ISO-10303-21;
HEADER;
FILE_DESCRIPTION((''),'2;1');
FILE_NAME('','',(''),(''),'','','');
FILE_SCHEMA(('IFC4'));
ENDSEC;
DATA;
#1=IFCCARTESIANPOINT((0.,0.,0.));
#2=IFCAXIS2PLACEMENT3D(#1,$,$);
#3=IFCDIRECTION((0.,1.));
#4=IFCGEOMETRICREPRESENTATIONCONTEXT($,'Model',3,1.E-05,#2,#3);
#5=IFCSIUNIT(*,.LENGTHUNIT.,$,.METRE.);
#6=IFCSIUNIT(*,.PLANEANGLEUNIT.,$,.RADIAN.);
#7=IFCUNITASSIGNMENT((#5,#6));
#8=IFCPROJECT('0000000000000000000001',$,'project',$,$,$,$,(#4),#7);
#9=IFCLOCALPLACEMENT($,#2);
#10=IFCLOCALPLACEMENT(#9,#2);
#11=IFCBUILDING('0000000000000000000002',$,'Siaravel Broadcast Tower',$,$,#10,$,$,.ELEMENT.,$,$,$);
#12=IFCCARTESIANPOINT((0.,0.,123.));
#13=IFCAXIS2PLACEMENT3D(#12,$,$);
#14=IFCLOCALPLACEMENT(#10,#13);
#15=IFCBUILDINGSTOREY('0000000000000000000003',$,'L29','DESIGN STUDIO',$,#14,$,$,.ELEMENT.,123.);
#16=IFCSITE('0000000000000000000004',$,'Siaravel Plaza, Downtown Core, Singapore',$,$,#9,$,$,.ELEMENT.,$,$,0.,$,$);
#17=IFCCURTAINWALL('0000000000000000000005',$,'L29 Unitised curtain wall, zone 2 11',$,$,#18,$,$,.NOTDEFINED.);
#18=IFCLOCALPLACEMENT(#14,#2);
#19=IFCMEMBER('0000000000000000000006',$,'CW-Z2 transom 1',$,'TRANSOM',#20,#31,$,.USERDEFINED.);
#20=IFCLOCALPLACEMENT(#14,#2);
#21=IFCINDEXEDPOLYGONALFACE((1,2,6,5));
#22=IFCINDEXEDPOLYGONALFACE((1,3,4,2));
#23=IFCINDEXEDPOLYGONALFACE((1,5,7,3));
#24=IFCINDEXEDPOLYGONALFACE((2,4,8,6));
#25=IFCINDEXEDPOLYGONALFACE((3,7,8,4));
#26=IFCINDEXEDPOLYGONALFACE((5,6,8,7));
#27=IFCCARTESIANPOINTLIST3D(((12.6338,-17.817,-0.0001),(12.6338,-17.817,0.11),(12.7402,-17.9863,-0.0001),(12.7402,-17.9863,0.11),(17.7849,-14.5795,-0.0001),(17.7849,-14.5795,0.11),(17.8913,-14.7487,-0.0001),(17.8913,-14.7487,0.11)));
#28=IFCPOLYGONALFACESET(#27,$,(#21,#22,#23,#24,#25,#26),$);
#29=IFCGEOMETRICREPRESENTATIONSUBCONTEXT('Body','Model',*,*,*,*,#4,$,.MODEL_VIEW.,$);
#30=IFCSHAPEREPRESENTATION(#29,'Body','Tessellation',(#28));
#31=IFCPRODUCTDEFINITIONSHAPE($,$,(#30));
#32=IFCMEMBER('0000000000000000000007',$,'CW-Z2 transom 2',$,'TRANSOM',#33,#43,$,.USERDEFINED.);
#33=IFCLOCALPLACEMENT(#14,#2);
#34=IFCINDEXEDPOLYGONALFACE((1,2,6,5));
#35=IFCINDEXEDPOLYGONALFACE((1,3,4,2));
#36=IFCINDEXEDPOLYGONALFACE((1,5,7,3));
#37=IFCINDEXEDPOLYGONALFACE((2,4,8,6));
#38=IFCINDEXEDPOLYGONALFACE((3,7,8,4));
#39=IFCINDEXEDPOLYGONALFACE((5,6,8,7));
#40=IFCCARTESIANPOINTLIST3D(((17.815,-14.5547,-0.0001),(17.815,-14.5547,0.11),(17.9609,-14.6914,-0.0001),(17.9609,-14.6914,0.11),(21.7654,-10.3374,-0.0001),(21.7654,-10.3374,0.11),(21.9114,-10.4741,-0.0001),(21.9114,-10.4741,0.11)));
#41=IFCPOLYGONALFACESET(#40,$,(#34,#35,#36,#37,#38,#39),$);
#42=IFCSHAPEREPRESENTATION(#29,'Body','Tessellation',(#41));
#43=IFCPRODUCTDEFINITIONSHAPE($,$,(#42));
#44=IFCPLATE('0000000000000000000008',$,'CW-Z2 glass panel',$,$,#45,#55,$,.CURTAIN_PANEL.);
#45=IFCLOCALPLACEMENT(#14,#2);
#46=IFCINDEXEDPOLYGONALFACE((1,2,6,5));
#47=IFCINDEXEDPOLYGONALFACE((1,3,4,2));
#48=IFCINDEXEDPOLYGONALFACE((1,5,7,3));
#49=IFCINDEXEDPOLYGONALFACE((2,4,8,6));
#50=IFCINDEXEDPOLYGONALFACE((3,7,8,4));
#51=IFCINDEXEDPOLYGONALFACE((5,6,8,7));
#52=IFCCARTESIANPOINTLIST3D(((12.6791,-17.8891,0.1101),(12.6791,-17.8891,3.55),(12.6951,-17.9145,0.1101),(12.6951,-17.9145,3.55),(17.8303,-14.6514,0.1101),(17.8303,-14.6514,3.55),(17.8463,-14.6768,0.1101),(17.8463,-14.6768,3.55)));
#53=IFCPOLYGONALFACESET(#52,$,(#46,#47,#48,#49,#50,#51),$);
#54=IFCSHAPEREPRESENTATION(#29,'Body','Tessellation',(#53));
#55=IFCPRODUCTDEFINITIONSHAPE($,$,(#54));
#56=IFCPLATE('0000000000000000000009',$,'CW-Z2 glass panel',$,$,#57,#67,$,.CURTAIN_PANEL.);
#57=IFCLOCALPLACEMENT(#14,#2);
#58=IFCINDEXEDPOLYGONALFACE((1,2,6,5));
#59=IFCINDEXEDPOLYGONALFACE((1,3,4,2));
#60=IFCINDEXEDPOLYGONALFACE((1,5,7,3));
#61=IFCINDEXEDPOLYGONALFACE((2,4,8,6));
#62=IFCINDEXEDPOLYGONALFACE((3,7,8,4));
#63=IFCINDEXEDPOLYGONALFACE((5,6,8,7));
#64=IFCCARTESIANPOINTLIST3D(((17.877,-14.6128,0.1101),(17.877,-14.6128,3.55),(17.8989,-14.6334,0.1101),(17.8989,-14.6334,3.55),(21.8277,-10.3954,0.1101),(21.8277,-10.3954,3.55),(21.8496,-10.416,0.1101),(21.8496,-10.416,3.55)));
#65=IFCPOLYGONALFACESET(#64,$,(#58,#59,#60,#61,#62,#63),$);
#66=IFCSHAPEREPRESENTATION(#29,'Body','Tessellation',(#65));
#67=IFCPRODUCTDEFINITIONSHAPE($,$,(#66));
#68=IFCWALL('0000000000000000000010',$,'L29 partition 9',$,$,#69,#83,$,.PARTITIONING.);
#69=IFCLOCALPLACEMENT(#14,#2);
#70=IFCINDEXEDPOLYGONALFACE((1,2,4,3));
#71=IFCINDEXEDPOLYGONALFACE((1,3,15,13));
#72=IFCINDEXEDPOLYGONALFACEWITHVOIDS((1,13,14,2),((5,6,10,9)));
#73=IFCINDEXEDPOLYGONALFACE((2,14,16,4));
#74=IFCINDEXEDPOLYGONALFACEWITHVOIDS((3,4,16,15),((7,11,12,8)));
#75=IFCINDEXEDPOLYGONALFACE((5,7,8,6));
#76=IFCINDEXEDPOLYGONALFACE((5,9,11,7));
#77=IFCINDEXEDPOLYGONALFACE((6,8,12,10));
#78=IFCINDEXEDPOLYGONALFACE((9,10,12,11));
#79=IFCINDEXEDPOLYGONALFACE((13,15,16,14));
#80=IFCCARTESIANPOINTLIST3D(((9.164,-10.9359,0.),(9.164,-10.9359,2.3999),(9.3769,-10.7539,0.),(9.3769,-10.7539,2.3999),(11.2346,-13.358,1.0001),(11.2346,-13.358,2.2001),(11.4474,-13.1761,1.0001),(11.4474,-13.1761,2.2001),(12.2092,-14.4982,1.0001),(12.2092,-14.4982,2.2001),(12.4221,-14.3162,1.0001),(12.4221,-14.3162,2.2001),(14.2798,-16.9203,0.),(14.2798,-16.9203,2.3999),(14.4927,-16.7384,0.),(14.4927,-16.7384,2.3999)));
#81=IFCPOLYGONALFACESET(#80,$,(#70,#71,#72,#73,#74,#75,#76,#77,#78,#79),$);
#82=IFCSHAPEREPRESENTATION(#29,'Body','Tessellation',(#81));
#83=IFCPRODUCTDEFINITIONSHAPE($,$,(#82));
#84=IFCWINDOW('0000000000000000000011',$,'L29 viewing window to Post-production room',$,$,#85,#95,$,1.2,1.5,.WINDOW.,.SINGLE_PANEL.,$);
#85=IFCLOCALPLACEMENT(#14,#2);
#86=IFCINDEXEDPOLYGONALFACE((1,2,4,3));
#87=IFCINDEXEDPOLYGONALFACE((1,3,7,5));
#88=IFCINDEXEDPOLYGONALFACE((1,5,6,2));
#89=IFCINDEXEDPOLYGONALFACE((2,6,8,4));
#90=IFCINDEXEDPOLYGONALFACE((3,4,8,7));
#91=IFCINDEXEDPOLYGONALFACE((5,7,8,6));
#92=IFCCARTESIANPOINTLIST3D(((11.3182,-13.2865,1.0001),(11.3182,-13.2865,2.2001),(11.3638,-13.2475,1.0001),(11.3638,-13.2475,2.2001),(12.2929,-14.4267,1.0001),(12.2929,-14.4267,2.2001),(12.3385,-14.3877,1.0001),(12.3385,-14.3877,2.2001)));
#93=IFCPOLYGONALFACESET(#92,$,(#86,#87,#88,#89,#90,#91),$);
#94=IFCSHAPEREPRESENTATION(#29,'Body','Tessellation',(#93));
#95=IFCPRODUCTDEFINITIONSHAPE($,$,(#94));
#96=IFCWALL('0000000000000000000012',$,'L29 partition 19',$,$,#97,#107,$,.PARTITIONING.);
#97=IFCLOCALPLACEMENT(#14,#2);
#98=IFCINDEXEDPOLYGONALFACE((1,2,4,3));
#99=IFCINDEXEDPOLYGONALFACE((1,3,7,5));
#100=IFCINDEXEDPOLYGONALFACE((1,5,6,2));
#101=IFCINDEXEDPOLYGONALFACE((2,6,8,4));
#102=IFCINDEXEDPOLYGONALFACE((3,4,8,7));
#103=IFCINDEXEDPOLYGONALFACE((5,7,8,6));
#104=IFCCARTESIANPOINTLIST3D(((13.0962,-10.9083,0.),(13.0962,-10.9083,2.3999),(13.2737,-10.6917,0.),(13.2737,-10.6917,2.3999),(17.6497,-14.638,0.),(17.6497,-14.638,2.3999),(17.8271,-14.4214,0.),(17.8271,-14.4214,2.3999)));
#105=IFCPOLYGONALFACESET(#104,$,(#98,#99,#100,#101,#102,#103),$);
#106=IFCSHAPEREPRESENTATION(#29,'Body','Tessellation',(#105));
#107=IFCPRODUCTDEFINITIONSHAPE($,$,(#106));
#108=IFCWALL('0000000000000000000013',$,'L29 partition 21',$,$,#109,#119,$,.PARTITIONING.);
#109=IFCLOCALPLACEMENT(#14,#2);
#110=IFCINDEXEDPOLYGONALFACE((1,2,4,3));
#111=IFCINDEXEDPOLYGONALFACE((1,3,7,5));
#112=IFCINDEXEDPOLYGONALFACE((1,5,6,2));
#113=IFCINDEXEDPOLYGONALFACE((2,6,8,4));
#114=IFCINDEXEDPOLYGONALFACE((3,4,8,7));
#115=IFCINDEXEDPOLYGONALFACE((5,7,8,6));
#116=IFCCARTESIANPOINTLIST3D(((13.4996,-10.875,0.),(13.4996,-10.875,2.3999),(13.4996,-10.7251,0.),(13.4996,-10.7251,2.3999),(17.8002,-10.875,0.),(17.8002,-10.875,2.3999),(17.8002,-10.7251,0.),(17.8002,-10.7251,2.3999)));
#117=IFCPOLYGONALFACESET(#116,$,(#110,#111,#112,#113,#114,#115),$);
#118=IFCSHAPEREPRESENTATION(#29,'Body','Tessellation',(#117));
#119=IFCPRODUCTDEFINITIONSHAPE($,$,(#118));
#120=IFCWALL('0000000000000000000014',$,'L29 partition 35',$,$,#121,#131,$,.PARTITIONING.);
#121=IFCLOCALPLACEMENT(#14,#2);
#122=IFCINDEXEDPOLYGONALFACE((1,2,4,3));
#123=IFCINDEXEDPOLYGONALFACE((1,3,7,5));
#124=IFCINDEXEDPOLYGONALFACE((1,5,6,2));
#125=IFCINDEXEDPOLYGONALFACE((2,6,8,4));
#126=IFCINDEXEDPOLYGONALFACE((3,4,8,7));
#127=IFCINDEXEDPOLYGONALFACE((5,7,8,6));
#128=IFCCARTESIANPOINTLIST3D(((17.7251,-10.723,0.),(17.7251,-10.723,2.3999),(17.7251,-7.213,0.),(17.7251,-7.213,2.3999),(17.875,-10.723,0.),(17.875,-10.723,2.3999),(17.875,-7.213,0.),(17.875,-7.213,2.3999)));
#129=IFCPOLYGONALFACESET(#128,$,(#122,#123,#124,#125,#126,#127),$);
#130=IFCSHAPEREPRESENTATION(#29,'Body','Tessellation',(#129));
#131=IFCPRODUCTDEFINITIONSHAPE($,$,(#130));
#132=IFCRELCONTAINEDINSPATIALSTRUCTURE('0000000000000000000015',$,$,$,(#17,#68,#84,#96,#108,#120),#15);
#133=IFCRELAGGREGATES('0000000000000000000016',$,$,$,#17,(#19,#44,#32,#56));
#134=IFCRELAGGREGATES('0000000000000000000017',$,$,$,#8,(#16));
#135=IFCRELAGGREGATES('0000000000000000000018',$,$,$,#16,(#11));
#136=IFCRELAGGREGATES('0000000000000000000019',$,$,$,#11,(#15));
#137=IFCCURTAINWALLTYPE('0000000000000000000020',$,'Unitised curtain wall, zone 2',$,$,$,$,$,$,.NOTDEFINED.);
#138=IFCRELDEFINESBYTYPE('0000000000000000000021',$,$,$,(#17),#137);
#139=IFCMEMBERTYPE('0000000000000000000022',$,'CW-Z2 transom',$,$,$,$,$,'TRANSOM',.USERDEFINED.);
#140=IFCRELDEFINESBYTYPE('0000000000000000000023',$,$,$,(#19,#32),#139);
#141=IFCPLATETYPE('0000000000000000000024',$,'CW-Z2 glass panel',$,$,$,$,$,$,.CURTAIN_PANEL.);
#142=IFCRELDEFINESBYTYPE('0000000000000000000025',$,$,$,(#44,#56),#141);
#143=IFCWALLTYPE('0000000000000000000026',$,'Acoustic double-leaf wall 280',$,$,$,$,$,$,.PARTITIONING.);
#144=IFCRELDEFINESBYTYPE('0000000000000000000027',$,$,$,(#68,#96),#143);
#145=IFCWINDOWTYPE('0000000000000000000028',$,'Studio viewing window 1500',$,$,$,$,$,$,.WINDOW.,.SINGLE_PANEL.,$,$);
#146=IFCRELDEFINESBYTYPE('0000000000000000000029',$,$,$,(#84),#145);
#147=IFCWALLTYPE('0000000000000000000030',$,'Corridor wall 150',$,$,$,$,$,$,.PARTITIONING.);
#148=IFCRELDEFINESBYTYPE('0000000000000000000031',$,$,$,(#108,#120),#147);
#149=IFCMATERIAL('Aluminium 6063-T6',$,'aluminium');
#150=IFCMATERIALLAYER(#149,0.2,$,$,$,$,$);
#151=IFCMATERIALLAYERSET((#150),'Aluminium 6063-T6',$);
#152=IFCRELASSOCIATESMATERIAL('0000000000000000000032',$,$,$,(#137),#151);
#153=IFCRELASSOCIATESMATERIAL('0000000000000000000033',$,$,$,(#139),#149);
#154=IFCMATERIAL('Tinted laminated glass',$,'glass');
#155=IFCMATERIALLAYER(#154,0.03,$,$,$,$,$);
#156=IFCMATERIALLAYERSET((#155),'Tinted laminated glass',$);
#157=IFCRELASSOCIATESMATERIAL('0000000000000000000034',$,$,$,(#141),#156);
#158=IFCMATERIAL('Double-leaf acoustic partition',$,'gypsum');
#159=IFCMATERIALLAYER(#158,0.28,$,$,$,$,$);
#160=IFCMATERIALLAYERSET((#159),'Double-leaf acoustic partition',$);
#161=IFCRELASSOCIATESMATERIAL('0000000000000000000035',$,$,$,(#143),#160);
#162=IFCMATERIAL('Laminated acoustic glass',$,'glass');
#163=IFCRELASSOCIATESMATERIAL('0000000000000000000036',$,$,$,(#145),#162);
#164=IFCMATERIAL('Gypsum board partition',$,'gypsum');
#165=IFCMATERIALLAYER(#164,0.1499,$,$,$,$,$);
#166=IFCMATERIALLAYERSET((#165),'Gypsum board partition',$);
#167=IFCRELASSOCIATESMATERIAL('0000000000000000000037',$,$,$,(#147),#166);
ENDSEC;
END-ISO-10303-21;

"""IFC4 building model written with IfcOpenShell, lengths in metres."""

from ifc_helpers import new_model, si_unit, direction, frame, frame_2d, origin, origin_2d, place, context, subcontext, project, spatial, rectangle, extrude, material, layer, layer_set, material_profile, profile_set, type_object, element, fill, aggregate, save


model = new_model("IFC4")

# Units and contexts
model_context = context("Model", 3, precision=1e-05, world=origin(), true_north=direction((0.0, 1.0)))
body_context = subcontext(model_context, "Body", "Model", "MODEL_VIEW")
ifc_project = project(units=[si_unit("LENGTHUNIT", "METRE"), si_unit("PLANEANGLEUNIT", "RADIAN")], contexts=[model_context])

# Site, building, storey
site_placement = place(None, origin())
site = spatial("IfcSite", under=ifc_project, at=site_placement, Name="Siaravel Plaza, Downtown Core, Singapore", CompositionType="ELEMENT", RefElevation=0.0)
building_placement = place(site_placement, origin())
building = spatial("IfcBuilding", under=site, at=building_placement, Name="Siaravel Broadcast Tower", CompositionType="ELEMENT")
storey_placement = place(building_placement, frame((0.0, 0.0, 123.0)))
storey = spatial("IfcBuildingStorey", under=building, at=storey_placement, Name="L29", Description="DESIGN STUDIO", CompositionType="ELEMENT", Elevation=123.0)

# Curtain wall
ifc_material_1 = material(Name="Aluminium 6063-T6", Category="aluminium")
ifc_layer_1 = layer(ifc_material_1, 0.2)
ifc_layer_set_1 = layer_set([ifc_layer_1], Name="Aluminium 6063-T6")
curtain_wall_type = type_object("IfcCurtainWallType", Name="Unitised curtain wall, zone 2", PredefinedType="NOTDEFINED", material=ifc_layer_set_1)
curtain_wall_1_placement = place(storey_placement, origin())
curtain_wall_1 = element("IfcCurtainWall", 1, at=curtain_wall_1_placement, inside=storey, type_object=curtain_wall_type, Name="L29 Unitised curtain wall, zone 2 11", PredefinedType="NOTDEFINED")

# Members
ifc_material_profile_1 = material_profile(ifc_material_1, rectangle(XDim=0.2, YDim=0.1101, at=origin_2d()))
ifc_profile_set_1 = profile_set([ifc_material_profile_1], Name="Aluminium 6063-T6")
member_type_1 = type_object("IfcMemberType", Name="CW-Z2 transom", ElementType="TRANSOM", PredefinedType="USERDEFINED", material=ifc_profile_set_1)
member_1_placement = place(storey_placement, frame((12.687, -17.9016, 0.0549), z_axis=(0.846659, 0.532136, 0.0), x_axis=(-0.532136, 0.846659, 0.0)))
member_1 = element("IfcMember", 2, at=member_1_placement, type_object=member_type_1, Name="CW-Z2 transom 1", ObjectType="TRANSOM", PredefinedType="USERDEFINED", context=body_context, shape_type="SweptSolid", body=[
    extrude(rectangle(XDim=0.2, YDim=0.1101, at=origin_2d()), origin(), (0.0, 0.0, 1.0), 6.084),
])
member_2_placement = place(storey_placement, frame((17.8879, -14.623, 0.0549), z_axis=(0.68364, 0.729819, 0.0), x_axis=(-0.729819, 0.68364, 0.0)))
member_2 = element("IfcMember", 3, at=member_2_placement, type_object=member_type_1, Name="CW-Z2 transom 2", ObjectType="TRANSOM", PredefinedType="USERDEFINED", context=body_context, shape_type="SweptSolid", body=[
    extrude(rectangle(XDim=0.2, YDim=0.1101, at=origin_2d()), origin(), (0.0, 0.0, 1.0), 5.7786),
])

# Plates
ifc_material_2 = material(Name="Tinted laminated glass", Category="glass")
ifc_layer_2 = layer(ifc_material_2, 0.03)
ifc_layer_set_2 = layer_set([ifc_layer_2], Name="Tinted laminated glass")
plate_type = type_object("IfcPlateType", Name="CW-Z2 glass panel", PredefinedType="CURTAIN_PANEL", material=ifc_layer_set_2)
plate_1_placement = place(storey_placement, frame((15.2627, -16.283, 0.1101), z_axis=(0.0, 0.0, 1.0), x_axis=(0.846651, 0.532149, 0.0)))
plate_1 = element("IfcPlate", 4, at=plate_1_placement, type_object=plate_type, Name="CW-Z2 glass panel", PredefinedType="CURTAIN_PANEL", context=body_context, shape_type="SweptSolid", body=[
    extrude(rectangle(XDim=6.0842, YDim=0.03, at=origin_2d()), origin(), (0.0, 0.0, 1.0), 3.4399),
])
plate_2_placement = place(storey_placement, frame((19.8633, -12.5144, 0.1101), z_axis=(0.0, 0.0, 1.0), x_axis=(0.683655, 0.729805, 0.0)))
plate_2 = element("IfcPlate", 5, at=plate_2_placement, type_object=plate_type, Name="CW-Z2 glass panel", PredefinedType="CURTAIN_PANEL", context=body_context, shape_type="SweptSolid", body=[
    extrude(rectangle(XDim=5.7788, YDim=0.03, at=origin_2d()), origin(), (0.0, 0.0, 1.0), 3.4399),
])
aggregate(curtain_wall_1, [member_1, plate_1, member_2, plate_2])

# Wall, opening, window
ifc_material_3 = material(Name="Double-leaf acoustic partition", Category="gypsum")
ifc_layer_3 = layer(ifc_material_3, 0.28)
ifc_layer_set_3 = layer_set([ifc_layer_3], Name="Double-leaf acoustic partition")
wall_type_1 = type_object("IfcWallType", Name="Acoustic double-leaf wall 280", PredefinedType="PARTITIONING", material=ifc_layer_set_3)
wall_1_placement = place(storey_placement, frame((14.3862, -16.8293, 0.0), z_axis=(0.0, 0.0, 1.0), x_axis=(-0.649785, 0.760118, 0.0)))
wall_1 = element("IfcWall", 6, at=wall_1_placement, inside=storey, type_object=wall_type_1, Name="L29 partition 9", PredefinedType="PARTITIONING", context=body_context, shape_type="SweptSolid", body=[
    extrude(rectangle(XDim=7.873, YDim=0.28, at=frame_2d((3.9365, 0.0))), origin(), (0.0, 0.0, 1.0), 2.3999),
])
opening_placement = place(wall_1_placement, frame((3.1865, 0.0, 1.0)))
opening = element("IfcOpeningElement", 7, at=opening_placement, cuts=wall_1, PredefinedType="OPENING", context=body_context, shape_type="SweptSolid", body=[
    extrude(rectangle(XDim=1.5, YDim=1.2, at=frame_2d((0.75, 0.6001))), frame((0.0, 0.1499, 0.0), z_axis=(0.0, -1.0, 0.0), x_axis=(1.0, 0.0, 0.0)), (0.0, 0.0, 1.0), 0.3),
])
ifc_material_4 = material(Name="Laminated acoustic glass", Category="glass")
window_type = type_object("IfcWindowType", Name="Studio viewing window 1500", PartitioningType="SINGLE_PANEL", PredefinedType="WINDOW", material=ifc_material_4)
window_placement = place(opening_placement, origin())
window = element("IfcWindow", 8, at=window_placement, inside=storey, type_object=window_type, Name="L29 viewing window to Post-production room", OverallHeight=1.2, OverallWidth=1.5, PartitioningType="SINGLE_PANEL", PredefinedType="WINDOW", context=body_context, shape_type="SweptSolid", body=[
    extrude(rectangle(XDim=1.5, YDim=1.2, at=frame_2d((0.75, 0.6001))), frame((0.0, 0.03, 0.0), z_axis=(0.0, -1.0, 0.0), x_axis=(1.0, 0.0, 0.0)), (0.0, 0.0, 1.0), 0.0601),
])
fill(opening, window)

# Walls
wall_2_placement = place(storey_placement, frame((13.1851, -10.8, 0.0), z_axis=(0.0, 0.0, 1.0), x_axis=(0.77361, -0.633662, 0.0)))
element("IfcWall", 9, at=wall_2_placement, inside=storey, type_object=wall_type_1, Name="L29 partition 19", PredefinedType="PARTITIONING", context=body_context, shape_type="SweptSolid", body=[
    extrude(rectangle(XDim=5.886, YDim=0.28, at=frame_2d((2.9429, 0.0))), origin(), (0.0, 0.0, 1.0), 2.3999),
])
ifc_material_5 = material(Name="Gypsum board partition", Category="gypsum")
ifc_layer_4 = layer(ifc_material_5, 0.1499)
ifc_layer_set_4 = layer_set([ifc_layer_4], Name="Gypsum board partition")
wall_type_2 = type_object("IfcWallType", Name="Corridor wall 150", PredefinedType="PARTITIONING", material=ifc_layer_set_4)
wall_3_placement = place(storey_placement, frame((13.4995, -10.8, 0.0), z_axis=(0.0, 0.0, 1.0), x_axis=(1.0, 0.0, 0.0)))
element("IfcWall", 10, at=wall_3_placement, inside=storey, type_object=wall_type_2, Name="L29 partition 21", PredefinedType="PARTITIONING", context=body_context, shape_type="SweptSolid", body=[
    extrude(rectangle(XDim=4.3005, YDim=0.1499, at=frame_2d((2.1504, 0.0))), origin(), (0.0, 0.0, 1.0), 2.3999),
])
wall_4_placement = place(storey_placement, frame((17.8, -10.7229, 0.0), z_axis=(0.0, 0.0, 1.0), x_axis=(0.0, 1.0, 0.0)))
element("IfcWall", 11, at=wall_4_placement, inside=storey, type_object=wall_type_2, Name="L29 partition 35", PredefinedType="PARTITIONING", context=body_context, shape_type="SweptSolid", body=[
    extrude(rectangle(XDim=3.51, YDim=0.1499, at=frame_2d((1.7549, 0.0))), origin(), (0.0, 0.0, 1.0), 2.3999),
])

save(model, "model.ifc")
